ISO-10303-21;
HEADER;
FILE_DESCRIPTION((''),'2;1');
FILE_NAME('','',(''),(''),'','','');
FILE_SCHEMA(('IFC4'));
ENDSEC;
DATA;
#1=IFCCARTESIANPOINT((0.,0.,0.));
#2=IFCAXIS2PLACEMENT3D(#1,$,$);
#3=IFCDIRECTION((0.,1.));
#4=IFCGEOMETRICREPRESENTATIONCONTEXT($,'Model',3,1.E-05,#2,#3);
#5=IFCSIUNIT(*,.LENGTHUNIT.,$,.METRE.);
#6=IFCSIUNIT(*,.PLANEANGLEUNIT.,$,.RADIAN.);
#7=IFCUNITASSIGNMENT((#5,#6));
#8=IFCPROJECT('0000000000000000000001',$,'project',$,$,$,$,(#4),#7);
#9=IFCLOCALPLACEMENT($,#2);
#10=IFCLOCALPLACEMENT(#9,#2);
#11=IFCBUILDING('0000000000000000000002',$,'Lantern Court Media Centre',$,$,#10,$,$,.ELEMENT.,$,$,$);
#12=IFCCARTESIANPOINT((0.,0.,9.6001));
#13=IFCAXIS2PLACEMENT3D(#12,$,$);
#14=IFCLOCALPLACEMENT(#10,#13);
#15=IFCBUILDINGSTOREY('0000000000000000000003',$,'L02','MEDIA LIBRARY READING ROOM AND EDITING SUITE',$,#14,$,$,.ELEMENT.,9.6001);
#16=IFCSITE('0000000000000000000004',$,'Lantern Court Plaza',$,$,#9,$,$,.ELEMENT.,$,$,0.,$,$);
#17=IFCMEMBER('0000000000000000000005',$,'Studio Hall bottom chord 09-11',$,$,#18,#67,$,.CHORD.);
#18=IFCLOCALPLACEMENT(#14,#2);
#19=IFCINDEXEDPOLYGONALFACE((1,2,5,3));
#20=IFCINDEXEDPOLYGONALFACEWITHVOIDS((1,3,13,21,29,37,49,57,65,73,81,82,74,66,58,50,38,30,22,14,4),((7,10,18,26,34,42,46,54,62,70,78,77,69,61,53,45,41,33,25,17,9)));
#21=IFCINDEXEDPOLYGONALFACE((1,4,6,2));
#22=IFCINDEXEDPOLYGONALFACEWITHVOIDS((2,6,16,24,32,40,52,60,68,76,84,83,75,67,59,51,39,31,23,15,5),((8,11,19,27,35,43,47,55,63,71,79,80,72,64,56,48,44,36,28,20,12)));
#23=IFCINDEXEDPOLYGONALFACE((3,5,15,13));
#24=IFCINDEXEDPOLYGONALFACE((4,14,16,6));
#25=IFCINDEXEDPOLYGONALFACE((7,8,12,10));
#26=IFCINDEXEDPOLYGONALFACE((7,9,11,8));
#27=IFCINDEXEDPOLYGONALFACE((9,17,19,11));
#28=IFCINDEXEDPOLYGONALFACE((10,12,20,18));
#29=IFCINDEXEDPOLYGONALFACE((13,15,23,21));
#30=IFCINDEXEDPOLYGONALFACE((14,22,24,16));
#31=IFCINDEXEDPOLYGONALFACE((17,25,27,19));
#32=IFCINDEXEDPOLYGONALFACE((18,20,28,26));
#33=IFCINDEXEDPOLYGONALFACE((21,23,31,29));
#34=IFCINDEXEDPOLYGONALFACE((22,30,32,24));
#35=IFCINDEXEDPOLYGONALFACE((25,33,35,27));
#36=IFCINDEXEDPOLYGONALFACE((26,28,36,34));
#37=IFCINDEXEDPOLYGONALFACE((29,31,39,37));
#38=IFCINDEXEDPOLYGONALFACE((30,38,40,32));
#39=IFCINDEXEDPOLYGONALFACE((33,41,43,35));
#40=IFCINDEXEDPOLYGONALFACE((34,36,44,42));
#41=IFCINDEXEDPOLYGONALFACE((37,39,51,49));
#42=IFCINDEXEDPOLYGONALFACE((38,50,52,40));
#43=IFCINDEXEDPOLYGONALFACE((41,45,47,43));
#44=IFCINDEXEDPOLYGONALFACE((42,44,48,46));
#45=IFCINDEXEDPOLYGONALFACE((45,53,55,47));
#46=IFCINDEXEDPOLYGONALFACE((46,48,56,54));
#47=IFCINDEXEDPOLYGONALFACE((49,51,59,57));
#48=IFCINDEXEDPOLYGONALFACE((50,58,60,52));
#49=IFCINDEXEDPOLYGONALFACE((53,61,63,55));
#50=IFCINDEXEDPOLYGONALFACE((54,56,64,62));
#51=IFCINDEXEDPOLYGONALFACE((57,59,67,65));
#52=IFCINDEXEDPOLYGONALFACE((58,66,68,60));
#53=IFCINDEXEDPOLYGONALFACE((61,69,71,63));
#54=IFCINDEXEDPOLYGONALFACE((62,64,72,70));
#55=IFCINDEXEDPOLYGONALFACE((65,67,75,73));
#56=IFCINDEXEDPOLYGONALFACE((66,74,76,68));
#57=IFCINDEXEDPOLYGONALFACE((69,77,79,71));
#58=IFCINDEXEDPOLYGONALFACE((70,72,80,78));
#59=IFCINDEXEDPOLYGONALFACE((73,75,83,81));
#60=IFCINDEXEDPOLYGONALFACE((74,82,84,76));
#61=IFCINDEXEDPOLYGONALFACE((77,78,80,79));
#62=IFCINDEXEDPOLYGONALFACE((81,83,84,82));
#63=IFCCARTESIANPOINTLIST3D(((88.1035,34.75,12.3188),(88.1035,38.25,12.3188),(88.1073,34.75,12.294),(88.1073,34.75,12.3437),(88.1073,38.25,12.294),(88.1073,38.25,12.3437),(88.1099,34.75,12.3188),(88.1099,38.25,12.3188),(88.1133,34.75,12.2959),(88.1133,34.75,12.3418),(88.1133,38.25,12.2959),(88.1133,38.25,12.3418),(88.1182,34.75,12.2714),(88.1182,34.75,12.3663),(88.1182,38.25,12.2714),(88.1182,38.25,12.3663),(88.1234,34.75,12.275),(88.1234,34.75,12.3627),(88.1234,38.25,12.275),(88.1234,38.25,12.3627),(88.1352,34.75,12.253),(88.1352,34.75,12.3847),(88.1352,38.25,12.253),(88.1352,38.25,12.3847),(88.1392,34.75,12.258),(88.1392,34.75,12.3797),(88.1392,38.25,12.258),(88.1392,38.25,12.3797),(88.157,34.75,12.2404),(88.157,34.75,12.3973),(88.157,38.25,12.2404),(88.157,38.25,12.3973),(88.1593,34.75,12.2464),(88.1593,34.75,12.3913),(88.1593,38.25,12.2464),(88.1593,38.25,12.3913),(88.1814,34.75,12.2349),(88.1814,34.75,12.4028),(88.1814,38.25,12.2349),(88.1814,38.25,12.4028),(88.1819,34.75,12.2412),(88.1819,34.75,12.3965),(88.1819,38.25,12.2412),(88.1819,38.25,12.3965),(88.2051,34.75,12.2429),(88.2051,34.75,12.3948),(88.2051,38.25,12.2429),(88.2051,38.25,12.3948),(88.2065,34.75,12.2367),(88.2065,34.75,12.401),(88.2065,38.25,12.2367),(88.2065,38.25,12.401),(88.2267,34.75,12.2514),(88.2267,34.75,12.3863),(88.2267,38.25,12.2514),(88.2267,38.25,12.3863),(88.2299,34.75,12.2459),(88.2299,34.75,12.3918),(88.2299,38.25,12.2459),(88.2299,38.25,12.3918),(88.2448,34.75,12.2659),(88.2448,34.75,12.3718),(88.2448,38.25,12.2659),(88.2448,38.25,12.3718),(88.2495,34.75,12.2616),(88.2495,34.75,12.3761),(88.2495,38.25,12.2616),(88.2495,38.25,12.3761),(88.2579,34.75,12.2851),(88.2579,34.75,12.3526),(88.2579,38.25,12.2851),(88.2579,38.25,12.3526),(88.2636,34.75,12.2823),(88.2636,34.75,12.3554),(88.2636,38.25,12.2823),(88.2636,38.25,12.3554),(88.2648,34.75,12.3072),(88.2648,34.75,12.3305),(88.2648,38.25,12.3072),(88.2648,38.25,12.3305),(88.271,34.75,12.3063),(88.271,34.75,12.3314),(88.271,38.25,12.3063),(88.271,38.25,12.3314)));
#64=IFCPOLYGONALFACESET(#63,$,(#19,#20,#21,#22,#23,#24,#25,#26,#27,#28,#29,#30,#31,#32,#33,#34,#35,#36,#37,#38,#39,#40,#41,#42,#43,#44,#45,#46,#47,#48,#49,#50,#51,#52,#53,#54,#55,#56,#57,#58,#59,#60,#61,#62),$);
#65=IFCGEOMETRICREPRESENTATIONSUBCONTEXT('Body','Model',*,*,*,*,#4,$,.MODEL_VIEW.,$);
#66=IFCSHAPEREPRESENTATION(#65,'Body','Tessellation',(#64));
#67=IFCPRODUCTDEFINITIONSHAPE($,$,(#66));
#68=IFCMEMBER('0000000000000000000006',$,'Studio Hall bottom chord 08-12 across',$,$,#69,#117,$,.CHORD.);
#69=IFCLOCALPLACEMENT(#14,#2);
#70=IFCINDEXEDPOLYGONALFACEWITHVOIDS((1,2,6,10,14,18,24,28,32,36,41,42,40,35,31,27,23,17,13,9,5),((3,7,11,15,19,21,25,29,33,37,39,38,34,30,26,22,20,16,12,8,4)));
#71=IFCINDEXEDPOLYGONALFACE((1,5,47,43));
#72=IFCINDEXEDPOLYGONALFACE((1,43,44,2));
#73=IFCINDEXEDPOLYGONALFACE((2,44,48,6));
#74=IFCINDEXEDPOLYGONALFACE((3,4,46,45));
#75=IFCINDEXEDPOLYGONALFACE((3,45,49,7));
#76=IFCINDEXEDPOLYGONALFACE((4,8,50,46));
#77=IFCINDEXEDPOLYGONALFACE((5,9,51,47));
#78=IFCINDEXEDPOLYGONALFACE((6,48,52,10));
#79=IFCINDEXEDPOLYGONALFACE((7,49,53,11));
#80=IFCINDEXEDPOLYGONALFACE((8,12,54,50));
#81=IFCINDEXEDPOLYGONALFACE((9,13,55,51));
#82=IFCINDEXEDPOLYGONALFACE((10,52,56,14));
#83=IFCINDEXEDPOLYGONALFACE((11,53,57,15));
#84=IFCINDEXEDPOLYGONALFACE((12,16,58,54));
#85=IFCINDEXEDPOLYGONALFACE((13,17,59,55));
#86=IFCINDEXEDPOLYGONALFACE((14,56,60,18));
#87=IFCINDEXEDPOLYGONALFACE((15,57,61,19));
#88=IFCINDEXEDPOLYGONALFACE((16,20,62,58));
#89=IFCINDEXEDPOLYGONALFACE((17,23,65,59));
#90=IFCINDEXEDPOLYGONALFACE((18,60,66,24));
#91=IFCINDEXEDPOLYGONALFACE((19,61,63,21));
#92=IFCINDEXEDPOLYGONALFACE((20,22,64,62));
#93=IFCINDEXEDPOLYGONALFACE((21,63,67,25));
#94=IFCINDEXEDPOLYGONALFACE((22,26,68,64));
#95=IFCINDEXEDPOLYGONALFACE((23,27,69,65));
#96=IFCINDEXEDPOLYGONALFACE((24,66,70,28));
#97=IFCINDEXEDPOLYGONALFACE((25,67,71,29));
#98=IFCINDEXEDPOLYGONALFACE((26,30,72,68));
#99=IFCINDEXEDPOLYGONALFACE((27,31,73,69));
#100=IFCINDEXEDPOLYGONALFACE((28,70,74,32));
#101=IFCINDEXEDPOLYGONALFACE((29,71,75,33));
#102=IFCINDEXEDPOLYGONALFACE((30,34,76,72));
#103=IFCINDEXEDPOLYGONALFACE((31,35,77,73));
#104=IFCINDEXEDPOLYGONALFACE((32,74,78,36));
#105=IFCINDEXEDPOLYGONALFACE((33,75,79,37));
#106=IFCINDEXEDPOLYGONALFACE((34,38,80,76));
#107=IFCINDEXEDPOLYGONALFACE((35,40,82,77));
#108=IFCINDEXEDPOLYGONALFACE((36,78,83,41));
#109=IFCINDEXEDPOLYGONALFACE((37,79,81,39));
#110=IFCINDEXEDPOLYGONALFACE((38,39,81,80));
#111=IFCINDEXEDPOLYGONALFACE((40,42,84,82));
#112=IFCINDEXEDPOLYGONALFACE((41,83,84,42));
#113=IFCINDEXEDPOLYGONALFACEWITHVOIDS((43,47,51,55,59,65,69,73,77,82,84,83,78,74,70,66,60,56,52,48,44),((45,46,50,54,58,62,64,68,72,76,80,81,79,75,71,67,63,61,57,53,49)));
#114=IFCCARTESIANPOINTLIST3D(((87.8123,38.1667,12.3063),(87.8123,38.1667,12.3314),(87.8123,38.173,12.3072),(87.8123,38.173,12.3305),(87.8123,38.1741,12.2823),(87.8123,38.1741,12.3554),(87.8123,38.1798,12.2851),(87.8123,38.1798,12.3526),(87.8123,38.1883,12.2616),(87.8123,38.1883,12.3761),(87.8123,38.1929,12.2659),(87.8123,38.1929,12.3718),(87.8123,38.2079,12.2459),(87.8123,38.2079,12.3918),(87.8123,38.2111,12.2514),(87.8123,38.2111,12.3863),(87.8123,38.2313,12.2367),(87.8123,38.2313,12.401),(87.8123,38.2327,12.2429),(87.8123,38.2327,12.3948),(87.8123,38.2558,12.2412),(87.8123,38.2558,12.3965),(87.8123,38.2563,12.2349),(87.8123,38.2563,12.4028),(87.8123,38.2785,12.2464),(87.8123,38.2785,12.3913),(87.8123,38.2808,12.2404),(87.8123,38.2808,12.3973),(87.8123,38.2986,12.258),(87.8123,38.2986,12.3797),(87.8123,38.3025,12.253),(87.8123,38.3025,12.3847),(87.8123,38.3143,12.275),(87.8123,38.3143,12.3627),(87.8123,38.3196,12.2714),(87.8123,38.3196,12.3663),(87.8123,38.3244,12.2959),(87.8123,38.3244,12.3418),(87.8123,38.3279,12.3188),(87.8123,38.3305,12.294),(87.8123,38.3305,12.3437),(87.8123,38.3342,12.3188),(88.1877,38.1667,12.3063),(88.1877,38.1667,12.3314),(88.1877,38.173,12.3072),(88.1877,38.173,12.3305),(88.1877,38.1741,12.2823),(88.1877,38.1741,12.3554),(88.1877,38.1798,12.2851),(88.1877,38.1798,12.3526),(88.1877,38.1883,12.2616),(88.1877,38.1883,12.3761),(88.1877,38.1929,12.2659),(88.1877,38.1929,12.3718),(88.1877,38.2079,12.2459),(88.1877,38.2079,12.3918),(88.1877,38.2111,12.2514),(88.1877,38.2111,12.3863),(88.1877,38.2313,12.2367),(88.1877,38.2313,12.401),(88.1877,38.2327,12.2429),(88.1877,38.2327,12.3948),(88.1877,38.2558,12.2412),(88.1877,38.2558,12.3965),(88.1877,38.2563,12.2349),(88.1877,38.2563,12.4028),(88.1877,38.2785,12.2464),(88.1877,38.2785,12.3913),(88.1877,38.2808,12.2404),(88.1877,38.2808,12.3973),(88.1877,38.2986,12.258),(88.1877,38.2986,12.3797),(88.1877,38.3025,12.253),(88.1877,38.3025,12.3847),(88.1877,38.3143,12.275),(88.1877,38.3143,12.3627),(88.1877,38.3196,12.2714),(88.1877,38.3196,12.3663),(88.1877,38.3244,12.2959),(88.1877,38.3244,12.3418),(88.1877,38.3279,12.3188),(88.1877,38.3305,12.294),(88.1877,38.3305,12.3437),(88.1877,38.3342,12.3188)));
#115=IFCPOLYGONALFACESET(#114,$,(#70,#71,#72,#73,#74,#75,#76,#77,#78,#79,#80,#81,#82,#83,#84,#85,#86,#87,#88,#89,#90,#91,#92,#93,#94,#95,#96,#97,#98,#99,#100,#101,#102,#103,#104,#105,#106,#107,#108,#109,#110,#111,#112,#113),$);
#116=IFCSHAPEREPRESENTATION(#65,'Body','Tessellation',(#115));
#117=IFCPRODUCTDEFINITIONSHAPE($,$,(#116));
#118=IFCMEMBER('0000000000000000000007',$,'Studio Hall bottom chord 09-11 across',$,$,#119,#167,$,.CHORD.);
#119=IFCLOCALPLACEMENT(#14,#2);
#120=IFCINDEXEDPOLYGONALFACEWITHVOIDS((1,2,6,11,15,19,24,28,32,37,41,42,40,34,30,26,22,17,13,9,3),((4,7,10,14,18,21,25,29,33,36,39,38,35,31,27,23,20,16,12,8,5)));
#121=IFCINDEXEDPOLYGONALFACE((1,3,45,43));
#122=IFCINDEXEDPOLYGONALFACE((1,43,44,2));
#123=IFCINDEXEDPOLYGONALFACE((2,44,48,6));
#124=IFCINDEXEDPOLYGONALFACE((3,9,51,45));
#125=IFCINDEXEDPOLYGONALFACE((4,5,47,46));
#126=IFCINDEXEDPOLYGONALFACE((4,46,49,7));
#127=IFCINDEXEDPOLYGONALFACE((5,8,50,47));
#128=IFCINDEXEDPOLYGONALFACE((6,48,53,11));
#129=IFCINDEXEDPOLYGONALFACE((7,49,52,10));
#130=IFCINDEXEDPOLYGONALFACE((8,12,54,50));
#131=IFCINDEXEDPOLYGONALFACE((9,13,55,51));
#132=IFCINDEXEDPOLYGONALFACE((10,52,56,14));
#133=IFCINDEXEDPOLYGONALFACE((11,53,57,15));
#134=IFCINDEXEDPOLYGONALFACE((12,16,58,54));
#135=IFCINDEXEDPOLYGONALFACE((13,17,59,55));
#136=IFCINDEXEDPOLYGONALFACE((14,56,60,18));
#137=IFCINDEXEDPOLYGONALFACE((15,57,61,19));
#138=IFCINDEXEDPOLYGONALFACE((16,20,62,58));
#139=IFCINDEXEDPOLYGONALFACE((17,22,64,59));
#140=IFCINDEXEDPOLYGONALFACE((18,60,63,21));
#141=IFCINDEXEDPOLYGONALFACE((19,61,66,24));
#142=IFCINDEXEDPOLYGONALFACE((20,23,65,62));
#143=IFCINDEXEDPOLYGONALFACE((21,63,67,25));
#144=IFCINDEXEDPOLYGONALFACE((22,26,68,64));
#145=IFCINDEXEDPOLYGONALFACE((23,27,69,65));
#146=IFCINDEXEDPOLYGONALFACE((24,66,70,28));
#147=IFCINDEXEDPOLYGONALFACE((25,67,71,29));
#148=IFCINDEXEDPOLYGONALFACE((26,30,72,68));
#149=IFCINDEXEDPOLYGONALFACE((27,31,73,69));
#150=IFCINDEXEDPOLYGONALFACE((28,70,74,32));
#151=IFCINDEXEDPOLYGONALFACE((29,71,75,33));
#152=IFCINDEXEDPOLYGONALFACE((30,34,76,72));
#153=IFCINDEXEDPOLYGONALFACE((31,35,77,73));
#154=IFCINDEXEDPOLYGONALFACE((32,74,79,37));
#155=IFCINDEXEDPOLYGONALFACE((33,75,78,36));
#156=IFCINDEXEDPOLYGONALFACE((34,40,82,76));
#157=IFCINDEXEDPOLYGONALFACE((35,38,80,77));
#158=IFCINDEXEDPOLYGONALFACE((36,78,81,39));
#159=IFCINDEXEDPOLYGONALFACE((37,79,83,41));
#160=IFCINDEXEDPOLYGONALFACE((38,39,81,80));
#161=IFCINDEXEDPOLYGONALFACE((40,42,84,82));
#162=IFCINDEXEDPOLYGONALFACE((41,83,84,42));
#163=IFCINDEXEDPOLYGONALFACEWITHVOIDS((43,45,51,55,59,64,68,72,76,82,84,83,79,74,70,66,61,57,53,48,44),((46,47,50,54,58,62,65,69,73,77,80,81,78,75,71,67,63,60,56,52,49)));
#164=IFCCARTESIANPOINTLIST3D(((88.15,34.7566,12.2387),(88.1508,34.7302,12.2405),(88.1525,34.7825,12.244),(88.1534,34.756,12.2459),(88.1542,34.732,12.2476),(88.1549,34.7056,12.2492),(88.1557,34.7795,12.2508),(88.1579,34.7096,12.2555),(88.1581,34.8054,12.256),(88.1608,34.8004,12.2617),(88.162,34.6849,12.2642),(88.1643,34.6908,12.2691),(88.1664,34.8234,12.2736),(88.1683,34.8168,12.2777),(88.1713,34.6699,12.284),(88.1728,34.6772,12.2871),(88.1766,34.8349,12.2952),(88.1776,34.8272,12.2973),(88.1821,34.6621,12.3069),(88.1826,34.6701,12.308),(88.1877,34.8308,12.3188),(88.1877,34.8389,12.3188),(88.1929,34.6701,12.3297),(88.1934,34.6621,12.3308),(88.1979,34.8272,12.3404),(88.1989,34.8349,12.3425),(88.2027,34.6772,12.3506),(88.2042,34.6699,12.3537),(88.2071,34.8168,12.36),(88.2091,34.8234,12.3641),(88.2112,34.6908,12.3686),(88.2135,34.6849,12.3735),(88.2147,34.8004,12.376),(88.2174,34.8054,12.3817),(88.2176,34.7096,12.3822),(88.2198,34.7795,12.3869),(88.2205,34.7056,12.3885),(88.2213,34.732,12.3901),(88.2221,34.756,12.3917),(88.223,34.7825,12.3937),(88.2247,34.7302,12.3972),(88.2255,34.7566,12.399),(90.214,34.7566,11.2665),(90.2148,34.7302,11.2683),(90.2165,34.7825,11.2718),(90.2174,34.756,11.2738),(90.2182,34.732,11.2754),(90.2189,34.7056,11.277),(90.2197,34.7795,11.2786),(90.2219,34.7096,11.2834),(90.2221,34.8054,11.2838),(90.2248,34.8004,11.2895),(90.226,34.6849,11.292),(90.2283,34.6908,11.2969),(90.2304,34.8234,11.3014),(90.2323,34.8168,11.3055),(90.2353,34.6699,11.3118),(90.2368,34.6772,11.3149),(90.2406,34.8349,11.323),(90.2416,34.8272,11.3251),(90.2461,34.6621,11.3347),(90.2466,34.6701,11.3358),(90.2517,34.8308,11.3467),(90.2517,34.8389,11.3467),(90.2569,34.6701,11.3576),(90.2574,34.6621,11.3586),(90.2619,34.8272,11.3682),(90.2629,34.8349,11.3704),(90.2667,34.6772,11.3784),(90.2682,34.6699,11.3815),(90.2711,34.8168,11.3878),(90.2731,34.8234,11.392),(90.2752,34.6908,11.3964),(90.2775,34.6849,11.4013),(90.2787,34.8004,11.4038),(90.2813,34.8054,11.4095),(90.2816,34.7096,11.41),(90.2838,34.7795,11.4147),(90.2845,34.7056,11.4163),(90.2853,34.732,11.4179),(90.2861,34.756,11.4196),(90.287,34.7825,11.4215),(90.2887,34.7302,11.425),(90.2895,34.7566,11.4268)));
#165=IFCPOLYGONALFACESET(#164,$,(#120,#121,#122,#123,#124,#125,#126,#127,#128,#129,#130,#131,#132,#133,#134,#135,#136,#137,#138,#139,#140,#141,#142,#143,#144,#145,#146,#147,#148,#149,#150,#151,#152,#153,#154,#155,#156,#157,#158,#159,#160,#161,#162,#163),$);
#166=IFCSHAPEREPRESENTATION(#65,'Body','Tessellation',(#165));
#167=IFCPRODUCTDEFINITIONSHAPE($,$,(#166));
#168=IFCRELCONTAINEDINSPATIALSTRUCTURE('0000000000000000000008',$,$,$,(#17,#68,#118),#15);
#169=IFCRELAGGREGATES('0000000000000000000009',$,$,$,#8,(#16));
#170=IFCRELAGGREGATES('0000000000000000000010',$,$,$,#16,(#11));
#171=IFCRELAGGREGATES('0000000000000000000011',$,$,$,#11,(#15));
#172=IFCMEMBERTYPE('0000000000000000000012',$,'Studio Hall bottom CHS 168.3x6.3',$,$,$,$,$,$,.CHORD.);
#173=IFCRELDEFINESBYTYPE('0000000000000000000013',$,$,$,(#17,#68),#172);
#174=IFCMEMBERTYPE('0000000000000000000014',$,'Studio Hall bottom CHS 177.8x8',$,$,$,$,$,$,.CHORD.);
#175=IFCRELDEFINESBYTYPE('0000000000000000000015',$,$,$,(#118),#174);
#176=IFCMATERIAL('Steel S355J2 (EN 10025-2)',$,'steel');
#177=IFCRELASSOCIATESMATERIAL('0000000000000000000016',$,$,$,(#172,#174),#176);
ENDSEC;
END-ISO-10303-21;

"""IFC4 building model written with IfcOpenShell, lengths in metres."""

from ifc_helpers import new_model, si_unit, direction, frame, origin, origin_2d, place, context, subcontext, project, spatial, hollow_circle, extrude, material, material_profile, profile_set, type_object, element, save


model = new_model("IFC4")

# Units and contexts
model_context = context("Model", 3, precision=1e-05, world=origin(), true_north=direction((0.0, 1.0)))
body_context = subcontext(model_context, "Body", "Model", "MODEL_VIEW")
ifc_project = project(units=[si_unit("LENGTHUNIT", "METRE"), si_unit("PLANEANGLEUNIT", "RADIAN")], contexts=[model_context])

# Site, building, storey
site_placement = place(None, origin())
site = spatial("IfcSite", under=ifc_project, at=site_placement, Name="Lantern Court Plaza", CompositionType="ELEMENT", RefElevation=0.0)
building_placement = place(site_placement, origin())
building = spatial("IfcBuilding", under=site, at=building_placement, Name="Lantern Court Media Centre", CompositionType="ELEMENT")
storey_placement = place(building_placement, frame((0.0, 0.0, 9.6001)))
storey = spatial("IfcBuildingStorey", under=building, at=storey_placement, Name="L02", Description="MEDIA LIBRARY READING ROOM AND EDITING SUITE", CompositionType="ELEMENT", Elevation=9.6001)

# Members
ifc_material = material(Name="Steel S355J2 (EN 10025-2)", Category="steel")
ifc_material_profile_1 = material_profile(ifc_material, hollow_circle(Radius=0.0842, WallThickness=0.0063, at=origin_2d()), Name="Studio Hall bottom CHS 168.3x6.3")
ifc_profile_set_1 = profile_set([ifc_material_profile_1], Name="Steel S355J2 (EN 10025-2)")
member_type_1 = type_object("IfcMemberType", Name="Studio Hall bottom CHS 168.3x6.3", PredefinedType="CHORD", material=ifc_profile_set_1)
member_1_placement = place(storey_placement, frame((88.1877, 34.75, 12.3188), z_axis=(0.0, 1.0, 0.0), x_axis=(-1.0, 0.0, 0.0)))
element("IfcMember", 1, at=member_1_placement, inside=storey, type_object=member_type_1, Name="Studio Hall bottom chord 09-11", PredefinedType="CHORD", context=body_context, shape_type="SweptSolid", body=[
    extrude(hollow_circle(Radius=0.0842, WallThickness=0.0063, at=origin_2d()), origin(), (0.0, 0.0, 1.0), 3.5),
])
member_2_placement = place(storey_placement, frame((87.8123, 38.25, 12.3188), z_axis=(1.0, 0.0, 0.0), x_axis=(0.0, 1.0, 0.0)))
element("IfcMember", 2, at=member_2_placement, inside=storey, type_object=member_type_1, Name="Studio Hall bottom chord 08-12 across", PredefinedType="CHORD", context=body_context, shape_type="SweptSolid", body=[
    extrude(hollow_circle(Radius=0.0842, WallThickness=0.0063, at=origin_2d()), origin(), (0.0, 0.0, 1.0), 0.3755),
])
ifc_material_profile_2 = material_profile(ifc_material, hollow_circle(Radius=0.0889, WallThickness=0.0081, at=origin_2d()), Name="Studio Hall bottom CHS 177.8x8")
ifc_profile_set_2 = profile_set([ifc_material_profile_2], Name="Steel S355J2 (EN 10025-2)")
member_type_2 = type_object("IfcMemberType", Name="Studio Hall bottom CHS 177.8x8", PredefinedType="CHORD", material=ifc_profile_set_2)
for number, where, z_axis, x_axis, name in (
    (3, (88.1877, 34.75, 12.3188), (0.904668, 0.0, -0.426117), (0.0, 1.0, 0.0), "Studio Hall bottom chord 09-11 across"),
):
    element("IfcMember", number, at=place(storey_placement, frame(where, z_axis=z_axis, x_axis=x_axis)), inside=storey, type_object=member_type_2, Name=name, PredefinedType="CHORD", context=body_context, shape_type="SweptSolid", body=[
        extrude(hollow_circle(Radius=0.0889, WallThickness=0.0081, at=origin_2d()), origin(), (0.0, 0.0, 1.0), 2.2815),
    ])

save(model, "model.ifc")
